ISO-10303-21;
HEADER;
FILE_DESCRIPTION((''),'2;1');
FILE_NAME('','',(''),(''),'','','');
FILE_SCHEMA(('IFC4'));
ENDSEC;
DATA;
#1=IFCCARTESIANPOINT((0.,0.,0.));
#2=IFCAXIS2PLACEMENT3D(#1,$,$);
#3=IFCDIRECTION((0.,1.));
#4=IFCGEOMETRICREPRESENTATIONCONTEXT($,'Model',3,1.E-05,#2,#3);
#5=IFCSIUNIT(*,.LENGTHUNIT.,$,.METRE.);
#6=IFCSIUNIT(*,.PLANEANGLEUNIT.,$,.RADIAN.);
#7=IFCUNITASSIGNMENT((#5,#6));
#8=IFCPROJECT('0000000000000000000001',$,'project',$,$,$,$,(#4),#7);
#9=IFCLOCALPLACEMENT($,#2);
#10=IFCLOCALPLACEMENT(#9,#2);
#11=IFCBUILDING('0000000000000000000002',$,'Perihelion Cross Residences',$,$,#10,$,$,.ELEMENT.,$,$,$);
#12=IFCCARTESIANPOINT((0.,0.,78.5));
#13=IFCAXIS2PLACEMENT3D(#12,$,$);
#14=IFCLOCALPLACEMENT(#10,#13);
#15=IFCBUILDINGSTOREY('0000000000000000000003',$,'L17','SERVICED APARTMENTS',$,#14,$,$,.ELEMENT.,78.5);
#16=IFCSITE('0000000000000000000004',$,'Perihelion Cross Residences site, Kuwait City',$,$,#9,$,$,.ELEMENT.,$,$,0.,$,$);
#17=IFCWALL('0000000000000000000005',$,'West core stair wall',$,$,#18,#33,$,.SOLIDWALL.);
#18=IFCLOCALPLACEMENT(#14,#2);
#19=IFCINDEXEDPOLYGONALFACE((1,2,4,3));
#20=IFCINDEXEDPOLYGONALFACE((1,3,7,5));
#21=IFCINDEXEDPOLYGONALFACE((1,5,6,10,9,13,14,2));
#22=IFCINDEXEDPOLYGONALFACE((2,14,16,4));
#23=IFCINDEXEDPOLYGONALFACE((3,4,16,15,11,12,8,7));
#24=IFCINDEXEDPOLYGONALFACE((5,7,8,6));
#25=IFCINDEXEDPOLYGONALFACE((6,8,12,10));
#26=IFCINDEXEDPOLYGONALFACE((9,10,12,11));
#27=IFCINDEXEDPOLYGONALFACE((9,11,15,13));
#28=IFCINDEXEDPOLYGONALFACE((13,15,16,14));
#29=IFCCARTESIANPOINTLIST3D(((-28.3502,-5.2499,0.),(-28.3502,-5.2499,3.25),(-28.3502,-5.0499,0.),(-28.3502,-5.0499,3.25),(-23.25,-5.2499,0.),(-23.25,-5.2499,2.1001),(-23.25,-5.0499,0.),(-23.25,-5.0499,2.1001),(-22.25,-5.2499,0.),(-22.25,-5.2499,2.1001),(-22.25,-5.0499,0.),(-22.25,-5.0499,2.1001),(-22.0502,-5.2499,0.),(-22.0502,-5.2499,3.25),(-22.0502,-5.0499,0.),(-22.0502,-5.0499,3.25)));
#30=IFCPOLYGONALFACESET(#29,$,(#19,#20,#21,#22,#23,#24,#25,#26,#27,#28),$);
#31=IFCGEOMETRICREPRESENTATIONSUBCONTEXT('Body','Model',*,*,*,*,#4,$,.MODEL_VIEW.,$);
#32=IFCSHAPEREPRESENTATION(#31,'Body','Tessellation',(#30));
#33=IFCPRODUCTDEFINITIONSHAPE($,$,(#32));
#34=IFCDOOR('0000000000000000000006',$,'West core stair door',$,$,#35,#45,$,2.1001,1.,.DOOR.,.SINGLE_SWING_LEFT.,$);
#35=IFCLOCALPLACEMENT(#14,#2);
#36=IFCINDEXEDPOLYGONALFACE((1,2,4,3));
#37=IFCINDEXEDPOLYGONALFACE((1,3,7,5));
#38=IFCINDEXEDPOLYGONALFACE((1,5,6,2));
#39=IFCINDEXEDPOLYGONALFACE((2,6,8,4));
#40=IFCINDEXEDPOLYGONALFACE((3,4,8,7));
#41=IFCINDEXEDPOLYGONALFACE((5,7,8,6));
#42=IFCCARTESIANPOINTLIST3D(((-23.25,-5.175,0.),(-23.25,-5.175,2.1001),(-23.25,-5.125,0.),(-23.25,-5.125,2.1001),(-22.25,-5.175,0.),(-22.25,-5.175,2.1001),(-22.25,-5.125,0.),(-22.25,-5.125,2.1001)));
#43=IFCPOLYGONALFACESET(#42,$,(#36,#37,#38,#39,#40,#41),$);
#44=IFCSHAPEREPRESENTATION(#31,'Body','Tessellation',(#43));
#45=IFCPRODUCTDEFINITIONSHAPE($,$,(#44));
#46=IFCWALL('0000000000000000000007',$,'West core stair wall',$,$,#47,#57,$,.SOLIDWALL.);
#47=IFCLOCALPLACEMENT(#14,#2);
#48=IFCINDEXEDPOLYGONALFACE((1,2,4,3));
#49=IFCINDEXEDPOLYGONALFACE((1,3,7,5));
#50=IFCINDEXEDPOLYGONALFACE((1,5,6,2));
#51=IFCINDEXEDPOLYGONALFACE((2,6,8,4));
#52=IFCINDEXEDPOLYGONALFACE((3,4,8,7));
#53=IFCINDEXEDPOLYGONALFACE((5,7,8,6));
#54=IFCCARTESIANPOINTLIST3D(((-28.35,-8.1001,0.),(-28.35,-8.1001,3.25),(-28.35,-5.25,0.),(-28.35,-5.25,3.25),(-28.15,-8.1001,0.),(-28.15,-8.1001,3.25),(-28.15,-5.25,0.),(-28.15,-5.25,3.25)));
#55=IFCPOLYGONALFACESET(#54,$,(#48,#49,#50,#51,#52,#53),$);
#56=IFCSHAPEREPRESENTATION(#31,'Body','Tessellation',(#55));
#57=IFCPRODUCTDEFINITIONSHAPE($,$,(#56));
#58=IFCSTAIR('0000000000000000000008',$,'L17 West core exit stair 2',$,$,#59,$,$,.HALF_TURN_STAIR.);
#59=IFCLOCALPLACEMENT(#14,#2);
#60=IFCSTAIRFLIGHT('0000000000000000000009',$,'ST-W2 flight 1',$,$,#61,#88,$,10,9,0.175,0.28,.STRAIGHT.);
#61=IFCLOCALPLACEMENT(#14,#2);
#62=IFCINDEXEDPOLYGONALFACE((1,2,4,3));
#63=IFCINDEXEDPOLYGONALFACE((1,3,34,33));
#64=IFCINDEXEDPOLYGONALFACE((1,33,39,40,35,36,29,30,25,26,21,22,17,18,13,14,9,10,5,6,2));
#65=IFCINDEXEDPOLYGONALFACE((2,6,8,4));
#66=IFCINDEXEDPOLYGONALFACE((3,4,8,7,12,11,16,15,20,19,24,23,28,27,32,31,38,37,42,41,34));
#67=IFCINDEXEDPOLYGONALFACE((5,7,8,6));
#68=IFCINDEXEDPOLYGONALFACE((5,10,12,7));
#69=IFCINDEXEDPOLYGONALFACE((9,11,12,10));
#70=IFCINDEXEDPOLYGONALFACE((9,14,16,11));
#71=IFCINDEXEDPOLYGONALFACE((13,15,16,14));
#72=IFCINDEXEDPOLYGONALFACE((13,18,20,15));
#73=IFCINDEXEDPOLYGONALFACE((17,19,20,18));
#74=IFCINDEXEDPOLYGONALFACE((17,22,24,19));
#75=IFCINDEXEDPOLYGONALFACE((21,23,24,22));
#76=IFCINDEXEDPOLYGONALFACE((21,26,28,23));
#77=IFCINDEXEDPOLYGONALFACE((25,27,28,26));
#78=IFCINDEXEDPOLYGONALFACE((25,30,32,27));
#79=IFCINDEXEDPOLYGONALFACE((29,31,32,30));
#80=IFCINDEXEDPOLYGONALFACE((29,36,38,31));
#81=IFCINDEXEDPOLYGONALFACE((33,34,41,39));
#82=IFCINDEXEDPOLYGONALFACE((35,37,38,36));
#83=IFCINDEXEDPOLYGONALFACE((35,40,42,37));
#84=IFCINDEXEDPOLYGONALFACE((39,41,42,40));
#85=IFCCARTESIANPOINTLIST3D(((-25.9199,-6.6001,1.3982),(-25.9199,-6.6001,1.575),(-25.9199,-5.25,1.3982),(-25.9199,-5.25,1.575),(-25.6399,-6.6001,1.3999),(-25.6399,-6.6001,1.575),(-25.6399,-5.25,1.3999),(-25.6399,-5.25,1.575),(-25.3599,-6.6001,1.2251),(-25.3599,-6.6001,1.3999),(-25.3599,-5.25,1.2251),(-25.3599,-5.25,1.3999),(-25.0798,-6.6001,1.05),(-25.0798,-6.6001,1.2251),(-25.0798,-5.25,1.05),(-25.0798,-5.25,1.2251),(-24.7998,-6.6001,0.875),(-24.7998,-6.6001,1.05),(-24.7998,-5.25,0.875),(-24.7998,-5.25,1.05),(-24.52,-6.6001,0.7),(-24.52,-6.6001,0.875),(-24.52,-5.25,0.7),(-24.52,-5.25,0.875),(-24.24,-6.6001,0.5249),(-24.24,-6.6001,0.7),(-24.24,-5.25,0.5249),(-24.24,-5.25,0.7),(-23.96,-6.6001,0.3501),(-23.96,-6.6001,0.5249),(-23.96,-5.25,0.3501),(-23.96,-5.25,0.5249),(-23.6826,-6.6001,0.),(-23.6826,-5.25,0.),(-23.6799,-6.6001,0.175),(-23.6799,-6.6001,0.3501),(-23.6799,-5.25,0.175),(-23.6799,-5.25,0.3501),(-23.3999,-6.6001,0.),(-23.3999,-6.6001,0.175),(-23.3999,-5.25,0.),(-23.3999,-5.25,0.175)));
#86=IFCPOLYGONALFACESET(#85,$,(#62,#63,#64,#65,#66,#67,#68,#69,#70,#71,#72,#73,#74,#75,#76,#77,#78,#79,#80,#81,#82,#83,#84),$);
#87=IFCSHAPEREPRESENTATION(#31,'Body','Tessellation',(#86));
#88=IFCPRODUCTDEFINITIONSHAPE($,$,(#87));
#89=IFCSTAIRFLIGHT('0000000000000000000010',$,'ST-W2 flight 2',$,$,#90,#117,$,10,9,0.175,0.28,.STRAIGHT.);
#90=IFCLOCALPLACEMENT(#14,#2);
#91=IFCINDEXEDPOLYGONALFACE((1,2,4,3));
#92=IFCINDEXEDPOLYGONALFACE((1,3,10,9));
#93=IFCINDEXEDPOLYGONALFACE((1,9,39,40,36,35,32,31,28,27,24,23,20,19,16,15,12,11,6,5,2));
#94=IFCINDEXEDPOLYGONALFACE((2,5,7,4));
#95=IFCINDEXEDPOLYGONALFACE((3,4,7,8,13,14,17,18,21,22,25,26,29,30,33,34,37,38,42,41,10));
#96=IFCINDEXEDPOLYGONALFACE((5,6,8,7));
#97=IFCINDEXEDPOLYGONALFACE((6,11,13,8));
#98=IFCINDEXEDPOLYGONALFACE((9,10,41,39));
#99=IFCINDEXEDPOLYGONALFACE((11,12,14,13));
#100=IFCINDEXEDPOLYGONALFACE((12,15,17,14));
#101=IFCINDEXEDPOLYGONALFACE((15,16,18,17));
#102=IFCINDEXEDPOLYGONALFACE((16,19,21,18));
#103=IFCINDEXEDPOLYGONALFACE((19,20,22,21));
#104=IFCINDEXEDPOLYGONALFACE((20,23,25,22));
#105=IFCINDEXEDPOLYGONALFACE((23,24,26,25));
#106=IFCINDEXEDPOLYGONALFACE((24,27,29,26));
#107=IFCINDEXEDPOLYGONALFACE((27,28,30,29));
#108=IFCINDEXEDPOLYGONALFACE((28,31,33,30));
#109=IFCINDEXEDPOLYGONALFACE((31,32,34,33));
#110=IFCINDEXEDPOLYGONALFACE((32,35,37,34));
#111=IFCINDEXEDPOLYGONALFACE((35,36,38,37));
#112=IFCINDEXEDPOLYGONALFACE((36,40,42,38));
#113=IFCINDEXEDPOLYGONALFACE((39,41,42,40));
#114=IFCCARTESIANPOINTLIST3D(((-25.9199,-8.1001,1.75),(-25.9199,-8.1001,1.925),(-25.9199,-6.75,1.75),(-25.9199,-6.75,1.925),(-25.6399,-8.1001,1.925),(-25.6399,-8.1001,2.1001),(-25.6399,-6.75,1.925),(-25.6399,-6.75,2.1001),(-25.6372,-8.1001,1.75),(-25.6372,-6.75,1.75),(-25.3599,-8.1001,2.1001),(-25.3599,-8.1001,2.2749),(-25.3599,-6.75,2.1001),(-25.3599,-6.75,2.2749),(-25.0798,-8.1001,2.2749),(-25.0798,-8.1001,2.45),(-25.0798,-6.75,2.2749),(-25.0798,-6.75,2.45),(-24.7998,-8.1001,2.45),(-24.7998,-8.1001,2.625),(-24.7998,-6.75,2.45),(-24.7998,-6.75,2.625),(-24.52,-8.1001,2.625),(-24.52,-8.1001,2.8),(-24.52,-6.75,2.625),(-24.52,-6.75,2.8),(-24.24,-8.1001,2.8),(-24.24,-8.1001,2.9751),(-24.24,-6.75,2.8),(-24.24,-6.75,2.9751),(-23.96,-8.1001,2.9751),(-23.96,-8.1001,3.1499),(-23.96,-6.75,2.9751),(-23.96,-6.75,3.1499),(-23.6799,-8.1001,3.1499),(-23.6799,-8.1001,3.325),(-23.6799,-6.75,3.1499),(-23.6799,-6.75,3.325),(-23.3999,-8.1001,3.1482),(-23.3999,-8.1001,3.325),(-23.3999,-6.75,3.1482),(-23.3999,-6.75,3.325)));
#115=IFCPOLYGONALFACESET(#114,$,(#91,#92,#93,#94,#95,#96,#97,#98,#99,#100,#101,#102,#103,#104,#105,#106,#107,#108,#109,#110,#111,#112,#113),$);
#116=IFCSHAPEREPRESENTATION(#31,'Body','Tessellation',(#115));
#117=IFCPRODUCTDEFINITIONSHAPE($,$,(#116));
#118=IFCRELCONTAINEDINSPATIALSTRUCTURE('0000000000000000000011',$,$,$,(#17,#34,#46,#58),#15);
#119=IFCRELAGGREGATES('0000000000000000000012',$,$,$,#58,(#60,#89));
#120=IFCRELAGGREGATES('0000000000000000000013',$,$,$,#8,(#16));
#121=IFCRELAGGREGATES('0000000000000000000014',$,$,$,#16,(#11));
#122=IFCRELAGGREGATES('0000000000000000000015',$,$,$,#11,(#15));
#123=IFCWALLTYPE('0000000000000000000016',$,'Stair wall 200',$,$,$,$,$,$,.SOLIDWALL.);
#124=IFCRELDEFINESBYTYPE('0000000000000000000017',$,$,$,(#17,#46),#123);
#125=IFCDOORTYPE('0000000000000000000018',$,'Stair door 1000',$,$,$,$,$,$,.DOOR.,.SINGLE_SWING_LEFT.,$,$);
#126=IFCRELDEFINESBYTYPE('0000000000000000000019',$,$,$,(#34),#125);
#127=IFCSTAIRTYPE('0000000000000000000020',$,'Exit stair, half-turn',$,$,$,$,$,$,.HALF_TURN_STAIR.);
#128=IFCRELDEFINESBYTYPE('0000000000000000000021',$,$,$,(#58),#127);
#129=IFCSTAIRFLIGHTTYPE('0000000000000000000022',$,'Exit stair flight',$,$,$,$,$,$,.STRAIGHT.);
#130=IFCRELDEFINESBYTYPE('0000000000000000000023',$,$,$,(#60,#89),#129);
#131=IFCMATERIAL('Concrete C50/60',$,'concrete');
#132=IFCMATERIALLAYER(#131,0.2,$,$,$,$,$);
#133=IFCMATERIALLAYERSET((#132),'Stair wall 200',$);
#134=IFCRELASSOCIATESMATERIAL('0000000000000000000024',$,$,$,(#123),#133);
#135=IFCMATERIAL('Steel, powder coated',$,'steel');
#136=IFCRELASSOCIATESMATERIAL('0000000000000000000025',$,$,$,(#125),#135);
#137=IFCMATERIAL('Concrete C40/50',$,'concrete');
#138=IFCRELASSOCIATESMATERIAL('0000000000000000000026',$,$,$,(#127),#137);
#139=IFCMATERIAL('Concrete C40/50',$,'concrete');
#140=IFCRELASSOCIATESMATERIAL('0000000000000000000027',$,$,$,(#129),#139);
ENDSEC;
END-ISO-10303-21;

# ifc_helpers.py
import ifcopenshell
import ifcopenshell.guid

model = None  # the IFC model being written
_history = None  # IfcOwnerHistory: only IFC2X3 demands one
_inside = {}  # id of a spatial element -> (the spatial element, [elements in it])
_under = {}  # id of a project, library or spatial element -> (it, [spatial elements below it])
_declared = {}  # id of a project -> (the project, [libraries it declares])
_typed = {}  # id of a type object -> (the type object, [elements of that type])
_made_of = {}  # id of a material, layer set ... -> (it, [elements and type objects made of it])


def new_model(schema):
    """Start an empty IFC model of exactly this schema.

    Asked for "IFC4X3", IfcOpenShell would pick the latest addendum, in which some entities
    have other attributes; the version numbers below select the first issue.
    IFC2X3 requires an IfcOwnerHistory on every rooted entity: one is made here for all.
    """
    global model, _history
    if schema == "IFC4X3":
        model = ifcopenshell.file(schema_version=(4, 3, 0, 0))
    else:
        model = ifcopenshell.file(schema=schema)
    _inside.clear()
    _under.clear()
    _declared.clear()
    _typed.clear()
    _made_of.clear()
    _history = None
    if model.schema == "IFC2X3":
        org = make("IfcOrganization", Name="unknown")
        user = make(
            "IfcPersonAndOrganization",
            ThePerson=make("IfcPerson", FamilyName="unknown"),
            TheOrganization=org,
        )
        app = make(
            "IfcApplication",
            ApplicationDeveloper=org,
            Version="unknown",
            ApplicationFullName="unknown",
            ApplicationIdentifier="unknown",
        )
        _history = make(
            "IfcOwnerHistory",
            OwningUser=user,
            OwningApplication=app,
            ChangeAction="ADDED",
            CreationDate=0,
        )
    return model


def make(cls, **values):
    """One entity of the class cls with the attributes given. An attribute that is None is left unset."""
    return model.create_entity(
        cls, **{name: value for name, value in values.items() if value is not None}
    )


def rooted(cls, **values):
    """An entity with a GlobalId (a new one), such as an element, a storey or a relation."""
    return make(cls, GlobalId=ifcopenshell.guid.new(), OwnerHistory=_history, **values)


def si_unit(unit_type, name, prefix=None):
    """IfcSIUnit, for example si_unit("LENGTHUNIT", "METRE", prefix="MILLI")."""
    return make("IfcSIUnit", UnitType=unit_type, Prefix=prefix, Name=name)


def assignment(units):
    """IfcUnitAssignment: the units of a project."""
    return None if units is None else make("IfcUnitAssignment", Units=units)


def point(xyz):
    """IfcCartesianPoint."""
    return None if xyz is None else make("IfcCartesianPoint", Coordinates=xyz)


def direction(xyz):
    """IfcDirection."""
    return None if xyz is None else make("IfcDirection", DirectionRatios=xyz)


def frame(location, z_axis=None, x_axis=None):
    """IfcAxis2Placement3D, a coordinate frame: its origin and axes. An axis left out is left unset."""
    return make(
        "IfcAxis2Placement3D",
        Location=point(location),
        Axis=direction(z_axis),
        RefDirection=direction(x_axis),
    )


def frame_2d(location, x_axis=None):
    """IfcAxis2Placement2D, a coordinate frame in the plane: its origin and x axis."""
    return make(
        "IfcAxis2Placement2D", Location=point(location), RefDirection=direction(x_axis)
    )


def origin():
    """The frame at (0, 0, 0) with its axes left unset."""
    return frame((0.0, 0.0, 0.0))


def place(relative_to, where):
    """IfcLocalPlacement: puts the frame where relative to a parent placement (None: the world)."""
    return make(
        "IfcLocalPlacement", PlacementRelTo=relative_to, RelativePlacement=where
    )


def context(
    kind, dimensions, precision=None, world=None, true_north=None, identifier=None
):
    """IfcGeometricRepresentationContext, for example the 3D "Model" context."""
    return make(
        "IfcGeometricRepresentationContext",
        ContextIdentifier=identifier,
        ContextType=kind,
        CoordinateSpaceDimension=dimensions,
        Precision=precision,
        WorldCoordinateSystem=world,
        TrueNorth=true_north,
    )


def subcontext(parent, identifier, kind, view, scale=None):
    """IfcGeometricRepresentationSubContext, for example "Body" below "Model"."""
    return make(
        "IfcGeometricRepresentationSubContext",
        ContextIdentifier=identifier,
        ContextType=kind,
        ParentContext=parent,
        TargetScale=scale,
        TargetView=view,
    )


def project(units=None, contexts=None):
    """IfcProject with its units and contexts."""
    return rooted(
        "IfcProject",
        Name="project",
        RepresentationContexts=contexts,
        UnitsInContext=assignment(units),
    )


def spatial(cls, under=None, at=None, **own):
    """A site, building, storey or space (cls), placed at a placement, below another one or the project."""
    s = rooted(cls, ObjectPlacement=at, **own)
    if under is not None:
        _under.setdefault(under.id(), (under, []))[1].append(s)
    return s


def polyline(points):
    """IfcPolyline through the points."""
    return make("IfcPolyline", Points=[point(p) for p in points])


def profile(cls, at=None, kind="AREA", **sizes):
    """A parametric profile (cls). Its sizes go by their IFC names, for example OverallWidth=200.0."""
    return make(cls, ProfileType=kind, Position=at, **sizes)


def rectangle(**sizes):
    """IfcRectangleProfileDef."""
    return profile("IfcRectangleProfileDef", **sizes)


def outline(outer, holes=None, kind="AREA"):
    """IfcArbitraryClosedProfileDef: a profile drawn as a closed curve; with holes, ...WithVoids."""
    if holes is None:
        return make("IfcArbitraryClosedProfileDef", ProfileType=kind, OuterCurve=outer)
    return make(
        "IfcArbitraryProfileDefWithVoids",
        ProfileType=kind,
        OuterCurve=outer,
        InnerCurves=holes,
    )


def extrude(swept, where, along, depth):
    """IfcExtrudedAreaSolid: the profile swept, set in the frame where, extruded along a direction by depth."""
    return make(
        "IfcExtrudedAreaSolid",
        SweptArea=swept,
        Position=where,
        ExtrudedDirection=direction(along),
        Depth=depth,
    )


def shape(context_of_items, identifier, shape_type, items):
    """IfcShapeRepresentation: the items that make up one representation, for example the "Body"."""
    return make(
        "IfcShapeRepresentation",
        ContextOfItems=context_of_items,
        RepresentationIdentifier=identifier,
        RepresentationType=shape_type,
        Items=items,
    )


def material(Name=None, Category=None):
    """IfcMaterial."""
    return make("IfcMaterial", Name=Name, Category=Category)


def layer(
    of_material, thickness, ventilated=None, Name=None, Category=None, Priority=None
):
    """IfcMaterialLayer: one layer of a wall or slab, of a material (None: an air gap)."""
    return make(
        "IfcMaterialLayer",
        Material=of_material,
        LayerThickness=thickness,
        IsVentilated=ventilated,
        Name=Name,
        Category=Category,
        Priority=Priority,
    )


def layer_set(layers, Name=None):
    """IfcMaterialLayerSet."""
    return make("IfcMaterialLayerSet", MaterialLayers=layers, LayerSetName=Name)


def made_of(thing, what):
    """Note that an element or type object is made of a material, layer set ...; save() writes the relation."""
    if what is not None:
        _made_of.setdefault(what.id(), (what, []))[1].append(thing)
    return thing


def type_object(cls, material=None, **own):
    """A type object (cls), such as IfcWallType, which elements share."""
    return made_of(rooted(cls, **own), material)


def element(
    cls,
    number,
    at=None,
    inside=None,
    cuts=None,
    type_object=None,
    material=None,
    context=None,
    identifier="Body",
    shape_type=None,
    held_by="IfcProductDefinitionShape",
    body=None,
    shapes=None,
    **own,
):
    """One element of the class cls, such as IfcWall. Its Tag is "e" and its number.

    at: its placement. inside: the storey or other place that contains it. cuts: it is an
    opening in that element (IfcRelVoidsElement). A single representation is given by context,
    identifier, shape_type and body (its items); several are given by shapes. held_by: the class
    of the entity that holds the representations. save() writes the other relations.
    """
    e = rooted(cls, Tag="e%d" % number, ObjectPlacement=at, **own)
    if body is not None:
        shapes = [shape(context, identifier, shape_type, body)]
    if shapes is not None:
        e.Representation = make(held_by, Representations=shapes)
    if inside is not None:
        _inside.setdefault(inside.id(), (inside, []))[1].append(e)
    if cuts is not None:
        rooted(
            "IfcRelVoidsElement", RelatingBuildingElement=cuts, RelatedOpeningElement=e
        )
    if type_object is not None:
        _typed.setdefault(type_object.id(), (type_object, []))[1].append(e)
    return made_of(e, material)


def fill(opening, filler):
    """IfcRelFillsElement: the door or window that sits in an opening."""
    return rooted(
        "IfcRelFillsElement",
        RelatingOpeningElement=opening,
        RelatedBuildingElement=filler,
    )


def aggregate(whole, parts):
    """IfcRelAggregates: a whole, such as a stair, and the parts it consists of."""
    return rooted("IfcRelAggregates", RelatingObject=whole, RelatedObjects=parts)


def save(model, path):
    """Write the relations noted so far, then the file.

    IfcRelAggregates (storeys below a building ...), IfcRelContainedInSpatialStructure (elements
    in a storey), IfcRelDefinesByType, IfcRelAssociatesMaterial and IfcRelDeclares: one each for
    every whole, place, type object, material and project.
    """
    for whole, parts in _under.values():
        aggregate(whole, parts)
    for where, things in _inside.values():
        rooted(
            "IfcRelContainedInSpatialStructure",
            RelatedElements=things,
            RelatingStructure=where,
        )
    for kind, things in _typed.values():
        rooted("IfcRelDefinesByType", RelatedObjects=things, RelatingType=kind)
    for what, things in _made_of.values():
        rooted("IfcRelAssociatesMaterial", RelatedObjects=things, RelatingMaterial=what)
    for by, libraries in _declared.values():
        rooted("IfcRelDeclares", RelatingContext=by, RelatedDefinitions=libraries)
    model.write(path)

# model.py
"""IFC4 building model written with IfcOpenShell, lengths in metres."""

from ifc_helpers import new_model, si_unit, direction, frame, frame_2d, origin, place, context, subcontext, project, spatial, polyline, rectangle, outline, extrude, material, layer, layer_set, type_object, element, fill, aggregate, save


model = new_model("IFC4")

# Units and contexts
model_context = context("Model", 3, precision=1e-05, world=origin(), true_north=direction((0.0, 1.0)))
body_context = subcontext(model_context, "Body", "Model", "MODEL_VIEW")
ifc_project = project(units=[si_unit("LENGTHUNIT", "METRE"), si_unit("PLANEANGLEUNIT", "RADIAN")], contexts=[model_context])

# Site, building, storey
site_placement = place(None, origin())
site = spatial("IfcSite", under=ifc_project, at=site_placement, Name="Perihelion Cross Residences site, Kuwait City", CompositionType="ELEMENT", RefElevation=0.0)
building_placement = place(site_placement, origin())
building = spatial("IfcBuilding", under=site, at=building_placement, Name="Perihelion Cross Residences", CompositionType="ELEMENT")
storey_placement = place(building_placement, frame((0.0, 0.0, 78.5)))
storey = spatial("IfcBuildingStorey", under=building, at=storey_placement, Name="L17", Description="SERVICED APARTMENTS", CompositionType="ELEMENT", Elevation=78.5)

# Wall, opening, door
ifc_material_1 = material(Name="Concrete C50/60", Category="concrete")
ifc_layer_1 = layer(ifc_material_1, 0.2)
ifc_layer_set_1 = layer_set([ifc_layer_1], Name="Stair wall 200")
wall_type_1 = type_object("IfcWallType", Name="Stair wall 200", PredefinedType="SOLIDWALL", material=ifc_layer_set_1)
wall_1_placement = place(storey_placement, frame((-28.3501, -5.1499, 0.0), z_axis=(0.0, 0.0, 1.0), x_axis=(1.0, 0.0, 0.0)))
wall_1 = element("IfcWall", 1, at=wall_1_placement, inside=storey, type_object=wall_type_1, Name="West core stair wall", PredefinedType="SOLIDWALL", context=body_context, shape_type="SweptSolid", body=[
    extrude(rectangle(XDim=6.3, YDim=0.2, at=frame_2d((3.1499, 0.0))), origin(), (0.0, 0.0, 1.0), 3.25),
])
opening_1_placement = place(wall_1_placement, frame((5.1001, 0.0, 0.0)))
opening_1 = element("IfcOpeningElement", 2, at=opening_1_placement, cuts=wall_1, PredefinedType="OPENING", context=body_context, shape_type="SweptSolid", body=[
    extrude(rectangle(XDim=1.0, YDim=2.1001, at=frame_2d((0.5, 1.05))), frame((0.0, 0.1099, 0.0), z_axis=(0.0, -1.0, 0.0), x_axis=(1.0, 0.0, 0.0)), (0.0, 0.0, 1.0), 0.22),
])
ifc_material_2 = material(Name="Steel, powder coated", Category="steel")
door_type_1 = type_object("IfcDoorType", Name="Stair door 1000", OperationType="SINGLE_SWING_LEFT", PredefinedType="DOOR", material=ifc_material_2)
door_1_placement = place(opening_1_placement, origin())
door_1 = element("IfcDoor", 3, at=door_1_placement, inside=storey, type_object=door_type_1, Name="West core stair door", OperationType="SINGLE_SWING_LEFT", OverallHeight=2.1001, OverallWidth=1.0, PredefinedType="DOOR", context=body_context, shape_type="SweptSolid", body=[
    extrude(rectangle(XDim=1.0, YDim=2.1001, at=frame_2d((0.5, 1.05))), frame((0.0, 0.0249, 0.0), z_axis=(0.0, -1.0, 0.0), x_axis=(1.0, 0.0, 0.0)), (0.0, 0.0, 1.0), 0.05),
])
fill(opening_1, door_1)

# Wall
wall_2_placement = place(storey_placement, frame((-28.25, -8.1001, 0.0), z_axis=(0.0, 0.0, 1.0), x_axis=(0.0, 1.0, 0.0)))
element("IfcWall", 4, at=wall_2_placement, inside=storey, type_object=wall_type_1, Name="West core stair wall", PredefinedType="SOLIDWALL", context=body_context, shape_type="SweptSolid", body=[
    extrude(rectangle(XDim=2.8501, YDim=0.2, at=frame_2d((1.425, 0.0))), origin(), (0.0, 0.0, 1.0), 3.25),
])

# Stair, stair flights
ifc_material_3 = material(Name="Concrete C40/50", Category="concrete")
stair_type = type_object("IfcStairType", Name="Exit stair, half-turn", PredefinedType="HALF_TURN_STAIR", material=ifc_material_3)
stair_placement = place(storey_placement, origin())
stair = element("IfcStair", 5, at=stair_placement, inside=storey, type_object=stair_type, Name="L17 West core exit stair 2", PredefinedType="HALF_TURN_STAIR")
ifc_material_4 = material(Name="Concrete C40/50", Category="concrete")
stair_flight_type = type_object("IfcStairFlightType", Name="Exit stair flight", PredefinedType="STRAIGHT", material=ifc_material_4)
stair_flight_1_placement = place(storey_placement, frame((-23.3999, -5.925, 0.0), z_axis=(0.0, 0.0, 1.0), x_axis=(-1.0, 0.0, 0.0)))
stair_flight_1 = element("IfcStairFlight", 6, at=stair_flight_1_placement, type_object=stair_flight_type, Name="ST-W2 flight 1", NumberOfRisers=10, NumberOfTreads=9, PredefinedType="STRAIGHT", RiserHeight=0.175, TreadLength=0.28, context=body_context, shape_type="SweptSolid", body=[
    extrude(outline(polyline([(0.0, 0.0), (0.0, 0.175), (0.28, 0.175), (0.28, 0.3501), (0.5601, 0.3501), (0.5601, 0.5249), (0.8401, 0.5249), (0.8401, 0.7), (1.1201, 0.7), (1.1201, 0.875), (1.3999, 0.875), (1.3999, 1.05), (1.6799, 1.05), (1.6799, 1.2251), (1.96, 1.2251), (1.96, 1.3999), (2.24, 1.3999), (2.24, 1.575), (2.52, 1.575), (2.52, 1.75), (2.52, 1.3982), (0.2827, 0.0), (0.0, 0.0)])), frame((0.0, 0.675, 0.0), z_axis=(0.0, -1.0, 0.0), x_axis=(1.0, 0.0, 0.0)), (0.0, 0.0, 1.0), 1.3501),
])
stair_flight_2_placement = place(storey_placement, frame((-25.9199, -7.425, 1.75), z_axis=(0.0, 0.0, 1.0), x_axis=(1.0, 0.0, 0.0)))
stair_flight_2 = element("IfcStairFlight", 7, at=stair_flight_2_placement, type_object=stair_flight_type, Name="ST-W2 flight 2", NumberOfRisers=10, NumberOfTreads=9, PredefinedType="STRAIGHT", RiserHeight=0.175, TreadLength=0.28, context=body_context, shape_type="SweptSolid", body=[
    extrude(outline(polyline([(0.0, 0.0), (0.0, 0.175), (0.28, 0.175), (0.28, 0.3501), (0.5601, 0.3501), (0.5601, 0.5249), (0.8401, 0.5249), (0.8401, 0.7), (1.1201, 0.7), (1.1201, 0.875), (1.3999, 0.875), (1.3999, 1.05), (1.6799, 1.05), (1.6799, 1.2251), (1.96, 1.2251), (1.96, 1.3999), (2.24, 1.3999), (2.24, 1.575), (2.52, 1.575), (2.52, 1.75), (2.52, 1.3982), (0.2827, 0.0), (0.0, 0.0)])), frame((0.0, 0.675, 0.0), z_axis=(0.0, -1.0, 0.0), x_axis=(1.0, 0.0, 0.0)), (0.0, 0.0, 1.0), 1.3501),
])
aggregate(stair, [stair_flight_1, stair_flight_2])

save(model, "model.ifc")
